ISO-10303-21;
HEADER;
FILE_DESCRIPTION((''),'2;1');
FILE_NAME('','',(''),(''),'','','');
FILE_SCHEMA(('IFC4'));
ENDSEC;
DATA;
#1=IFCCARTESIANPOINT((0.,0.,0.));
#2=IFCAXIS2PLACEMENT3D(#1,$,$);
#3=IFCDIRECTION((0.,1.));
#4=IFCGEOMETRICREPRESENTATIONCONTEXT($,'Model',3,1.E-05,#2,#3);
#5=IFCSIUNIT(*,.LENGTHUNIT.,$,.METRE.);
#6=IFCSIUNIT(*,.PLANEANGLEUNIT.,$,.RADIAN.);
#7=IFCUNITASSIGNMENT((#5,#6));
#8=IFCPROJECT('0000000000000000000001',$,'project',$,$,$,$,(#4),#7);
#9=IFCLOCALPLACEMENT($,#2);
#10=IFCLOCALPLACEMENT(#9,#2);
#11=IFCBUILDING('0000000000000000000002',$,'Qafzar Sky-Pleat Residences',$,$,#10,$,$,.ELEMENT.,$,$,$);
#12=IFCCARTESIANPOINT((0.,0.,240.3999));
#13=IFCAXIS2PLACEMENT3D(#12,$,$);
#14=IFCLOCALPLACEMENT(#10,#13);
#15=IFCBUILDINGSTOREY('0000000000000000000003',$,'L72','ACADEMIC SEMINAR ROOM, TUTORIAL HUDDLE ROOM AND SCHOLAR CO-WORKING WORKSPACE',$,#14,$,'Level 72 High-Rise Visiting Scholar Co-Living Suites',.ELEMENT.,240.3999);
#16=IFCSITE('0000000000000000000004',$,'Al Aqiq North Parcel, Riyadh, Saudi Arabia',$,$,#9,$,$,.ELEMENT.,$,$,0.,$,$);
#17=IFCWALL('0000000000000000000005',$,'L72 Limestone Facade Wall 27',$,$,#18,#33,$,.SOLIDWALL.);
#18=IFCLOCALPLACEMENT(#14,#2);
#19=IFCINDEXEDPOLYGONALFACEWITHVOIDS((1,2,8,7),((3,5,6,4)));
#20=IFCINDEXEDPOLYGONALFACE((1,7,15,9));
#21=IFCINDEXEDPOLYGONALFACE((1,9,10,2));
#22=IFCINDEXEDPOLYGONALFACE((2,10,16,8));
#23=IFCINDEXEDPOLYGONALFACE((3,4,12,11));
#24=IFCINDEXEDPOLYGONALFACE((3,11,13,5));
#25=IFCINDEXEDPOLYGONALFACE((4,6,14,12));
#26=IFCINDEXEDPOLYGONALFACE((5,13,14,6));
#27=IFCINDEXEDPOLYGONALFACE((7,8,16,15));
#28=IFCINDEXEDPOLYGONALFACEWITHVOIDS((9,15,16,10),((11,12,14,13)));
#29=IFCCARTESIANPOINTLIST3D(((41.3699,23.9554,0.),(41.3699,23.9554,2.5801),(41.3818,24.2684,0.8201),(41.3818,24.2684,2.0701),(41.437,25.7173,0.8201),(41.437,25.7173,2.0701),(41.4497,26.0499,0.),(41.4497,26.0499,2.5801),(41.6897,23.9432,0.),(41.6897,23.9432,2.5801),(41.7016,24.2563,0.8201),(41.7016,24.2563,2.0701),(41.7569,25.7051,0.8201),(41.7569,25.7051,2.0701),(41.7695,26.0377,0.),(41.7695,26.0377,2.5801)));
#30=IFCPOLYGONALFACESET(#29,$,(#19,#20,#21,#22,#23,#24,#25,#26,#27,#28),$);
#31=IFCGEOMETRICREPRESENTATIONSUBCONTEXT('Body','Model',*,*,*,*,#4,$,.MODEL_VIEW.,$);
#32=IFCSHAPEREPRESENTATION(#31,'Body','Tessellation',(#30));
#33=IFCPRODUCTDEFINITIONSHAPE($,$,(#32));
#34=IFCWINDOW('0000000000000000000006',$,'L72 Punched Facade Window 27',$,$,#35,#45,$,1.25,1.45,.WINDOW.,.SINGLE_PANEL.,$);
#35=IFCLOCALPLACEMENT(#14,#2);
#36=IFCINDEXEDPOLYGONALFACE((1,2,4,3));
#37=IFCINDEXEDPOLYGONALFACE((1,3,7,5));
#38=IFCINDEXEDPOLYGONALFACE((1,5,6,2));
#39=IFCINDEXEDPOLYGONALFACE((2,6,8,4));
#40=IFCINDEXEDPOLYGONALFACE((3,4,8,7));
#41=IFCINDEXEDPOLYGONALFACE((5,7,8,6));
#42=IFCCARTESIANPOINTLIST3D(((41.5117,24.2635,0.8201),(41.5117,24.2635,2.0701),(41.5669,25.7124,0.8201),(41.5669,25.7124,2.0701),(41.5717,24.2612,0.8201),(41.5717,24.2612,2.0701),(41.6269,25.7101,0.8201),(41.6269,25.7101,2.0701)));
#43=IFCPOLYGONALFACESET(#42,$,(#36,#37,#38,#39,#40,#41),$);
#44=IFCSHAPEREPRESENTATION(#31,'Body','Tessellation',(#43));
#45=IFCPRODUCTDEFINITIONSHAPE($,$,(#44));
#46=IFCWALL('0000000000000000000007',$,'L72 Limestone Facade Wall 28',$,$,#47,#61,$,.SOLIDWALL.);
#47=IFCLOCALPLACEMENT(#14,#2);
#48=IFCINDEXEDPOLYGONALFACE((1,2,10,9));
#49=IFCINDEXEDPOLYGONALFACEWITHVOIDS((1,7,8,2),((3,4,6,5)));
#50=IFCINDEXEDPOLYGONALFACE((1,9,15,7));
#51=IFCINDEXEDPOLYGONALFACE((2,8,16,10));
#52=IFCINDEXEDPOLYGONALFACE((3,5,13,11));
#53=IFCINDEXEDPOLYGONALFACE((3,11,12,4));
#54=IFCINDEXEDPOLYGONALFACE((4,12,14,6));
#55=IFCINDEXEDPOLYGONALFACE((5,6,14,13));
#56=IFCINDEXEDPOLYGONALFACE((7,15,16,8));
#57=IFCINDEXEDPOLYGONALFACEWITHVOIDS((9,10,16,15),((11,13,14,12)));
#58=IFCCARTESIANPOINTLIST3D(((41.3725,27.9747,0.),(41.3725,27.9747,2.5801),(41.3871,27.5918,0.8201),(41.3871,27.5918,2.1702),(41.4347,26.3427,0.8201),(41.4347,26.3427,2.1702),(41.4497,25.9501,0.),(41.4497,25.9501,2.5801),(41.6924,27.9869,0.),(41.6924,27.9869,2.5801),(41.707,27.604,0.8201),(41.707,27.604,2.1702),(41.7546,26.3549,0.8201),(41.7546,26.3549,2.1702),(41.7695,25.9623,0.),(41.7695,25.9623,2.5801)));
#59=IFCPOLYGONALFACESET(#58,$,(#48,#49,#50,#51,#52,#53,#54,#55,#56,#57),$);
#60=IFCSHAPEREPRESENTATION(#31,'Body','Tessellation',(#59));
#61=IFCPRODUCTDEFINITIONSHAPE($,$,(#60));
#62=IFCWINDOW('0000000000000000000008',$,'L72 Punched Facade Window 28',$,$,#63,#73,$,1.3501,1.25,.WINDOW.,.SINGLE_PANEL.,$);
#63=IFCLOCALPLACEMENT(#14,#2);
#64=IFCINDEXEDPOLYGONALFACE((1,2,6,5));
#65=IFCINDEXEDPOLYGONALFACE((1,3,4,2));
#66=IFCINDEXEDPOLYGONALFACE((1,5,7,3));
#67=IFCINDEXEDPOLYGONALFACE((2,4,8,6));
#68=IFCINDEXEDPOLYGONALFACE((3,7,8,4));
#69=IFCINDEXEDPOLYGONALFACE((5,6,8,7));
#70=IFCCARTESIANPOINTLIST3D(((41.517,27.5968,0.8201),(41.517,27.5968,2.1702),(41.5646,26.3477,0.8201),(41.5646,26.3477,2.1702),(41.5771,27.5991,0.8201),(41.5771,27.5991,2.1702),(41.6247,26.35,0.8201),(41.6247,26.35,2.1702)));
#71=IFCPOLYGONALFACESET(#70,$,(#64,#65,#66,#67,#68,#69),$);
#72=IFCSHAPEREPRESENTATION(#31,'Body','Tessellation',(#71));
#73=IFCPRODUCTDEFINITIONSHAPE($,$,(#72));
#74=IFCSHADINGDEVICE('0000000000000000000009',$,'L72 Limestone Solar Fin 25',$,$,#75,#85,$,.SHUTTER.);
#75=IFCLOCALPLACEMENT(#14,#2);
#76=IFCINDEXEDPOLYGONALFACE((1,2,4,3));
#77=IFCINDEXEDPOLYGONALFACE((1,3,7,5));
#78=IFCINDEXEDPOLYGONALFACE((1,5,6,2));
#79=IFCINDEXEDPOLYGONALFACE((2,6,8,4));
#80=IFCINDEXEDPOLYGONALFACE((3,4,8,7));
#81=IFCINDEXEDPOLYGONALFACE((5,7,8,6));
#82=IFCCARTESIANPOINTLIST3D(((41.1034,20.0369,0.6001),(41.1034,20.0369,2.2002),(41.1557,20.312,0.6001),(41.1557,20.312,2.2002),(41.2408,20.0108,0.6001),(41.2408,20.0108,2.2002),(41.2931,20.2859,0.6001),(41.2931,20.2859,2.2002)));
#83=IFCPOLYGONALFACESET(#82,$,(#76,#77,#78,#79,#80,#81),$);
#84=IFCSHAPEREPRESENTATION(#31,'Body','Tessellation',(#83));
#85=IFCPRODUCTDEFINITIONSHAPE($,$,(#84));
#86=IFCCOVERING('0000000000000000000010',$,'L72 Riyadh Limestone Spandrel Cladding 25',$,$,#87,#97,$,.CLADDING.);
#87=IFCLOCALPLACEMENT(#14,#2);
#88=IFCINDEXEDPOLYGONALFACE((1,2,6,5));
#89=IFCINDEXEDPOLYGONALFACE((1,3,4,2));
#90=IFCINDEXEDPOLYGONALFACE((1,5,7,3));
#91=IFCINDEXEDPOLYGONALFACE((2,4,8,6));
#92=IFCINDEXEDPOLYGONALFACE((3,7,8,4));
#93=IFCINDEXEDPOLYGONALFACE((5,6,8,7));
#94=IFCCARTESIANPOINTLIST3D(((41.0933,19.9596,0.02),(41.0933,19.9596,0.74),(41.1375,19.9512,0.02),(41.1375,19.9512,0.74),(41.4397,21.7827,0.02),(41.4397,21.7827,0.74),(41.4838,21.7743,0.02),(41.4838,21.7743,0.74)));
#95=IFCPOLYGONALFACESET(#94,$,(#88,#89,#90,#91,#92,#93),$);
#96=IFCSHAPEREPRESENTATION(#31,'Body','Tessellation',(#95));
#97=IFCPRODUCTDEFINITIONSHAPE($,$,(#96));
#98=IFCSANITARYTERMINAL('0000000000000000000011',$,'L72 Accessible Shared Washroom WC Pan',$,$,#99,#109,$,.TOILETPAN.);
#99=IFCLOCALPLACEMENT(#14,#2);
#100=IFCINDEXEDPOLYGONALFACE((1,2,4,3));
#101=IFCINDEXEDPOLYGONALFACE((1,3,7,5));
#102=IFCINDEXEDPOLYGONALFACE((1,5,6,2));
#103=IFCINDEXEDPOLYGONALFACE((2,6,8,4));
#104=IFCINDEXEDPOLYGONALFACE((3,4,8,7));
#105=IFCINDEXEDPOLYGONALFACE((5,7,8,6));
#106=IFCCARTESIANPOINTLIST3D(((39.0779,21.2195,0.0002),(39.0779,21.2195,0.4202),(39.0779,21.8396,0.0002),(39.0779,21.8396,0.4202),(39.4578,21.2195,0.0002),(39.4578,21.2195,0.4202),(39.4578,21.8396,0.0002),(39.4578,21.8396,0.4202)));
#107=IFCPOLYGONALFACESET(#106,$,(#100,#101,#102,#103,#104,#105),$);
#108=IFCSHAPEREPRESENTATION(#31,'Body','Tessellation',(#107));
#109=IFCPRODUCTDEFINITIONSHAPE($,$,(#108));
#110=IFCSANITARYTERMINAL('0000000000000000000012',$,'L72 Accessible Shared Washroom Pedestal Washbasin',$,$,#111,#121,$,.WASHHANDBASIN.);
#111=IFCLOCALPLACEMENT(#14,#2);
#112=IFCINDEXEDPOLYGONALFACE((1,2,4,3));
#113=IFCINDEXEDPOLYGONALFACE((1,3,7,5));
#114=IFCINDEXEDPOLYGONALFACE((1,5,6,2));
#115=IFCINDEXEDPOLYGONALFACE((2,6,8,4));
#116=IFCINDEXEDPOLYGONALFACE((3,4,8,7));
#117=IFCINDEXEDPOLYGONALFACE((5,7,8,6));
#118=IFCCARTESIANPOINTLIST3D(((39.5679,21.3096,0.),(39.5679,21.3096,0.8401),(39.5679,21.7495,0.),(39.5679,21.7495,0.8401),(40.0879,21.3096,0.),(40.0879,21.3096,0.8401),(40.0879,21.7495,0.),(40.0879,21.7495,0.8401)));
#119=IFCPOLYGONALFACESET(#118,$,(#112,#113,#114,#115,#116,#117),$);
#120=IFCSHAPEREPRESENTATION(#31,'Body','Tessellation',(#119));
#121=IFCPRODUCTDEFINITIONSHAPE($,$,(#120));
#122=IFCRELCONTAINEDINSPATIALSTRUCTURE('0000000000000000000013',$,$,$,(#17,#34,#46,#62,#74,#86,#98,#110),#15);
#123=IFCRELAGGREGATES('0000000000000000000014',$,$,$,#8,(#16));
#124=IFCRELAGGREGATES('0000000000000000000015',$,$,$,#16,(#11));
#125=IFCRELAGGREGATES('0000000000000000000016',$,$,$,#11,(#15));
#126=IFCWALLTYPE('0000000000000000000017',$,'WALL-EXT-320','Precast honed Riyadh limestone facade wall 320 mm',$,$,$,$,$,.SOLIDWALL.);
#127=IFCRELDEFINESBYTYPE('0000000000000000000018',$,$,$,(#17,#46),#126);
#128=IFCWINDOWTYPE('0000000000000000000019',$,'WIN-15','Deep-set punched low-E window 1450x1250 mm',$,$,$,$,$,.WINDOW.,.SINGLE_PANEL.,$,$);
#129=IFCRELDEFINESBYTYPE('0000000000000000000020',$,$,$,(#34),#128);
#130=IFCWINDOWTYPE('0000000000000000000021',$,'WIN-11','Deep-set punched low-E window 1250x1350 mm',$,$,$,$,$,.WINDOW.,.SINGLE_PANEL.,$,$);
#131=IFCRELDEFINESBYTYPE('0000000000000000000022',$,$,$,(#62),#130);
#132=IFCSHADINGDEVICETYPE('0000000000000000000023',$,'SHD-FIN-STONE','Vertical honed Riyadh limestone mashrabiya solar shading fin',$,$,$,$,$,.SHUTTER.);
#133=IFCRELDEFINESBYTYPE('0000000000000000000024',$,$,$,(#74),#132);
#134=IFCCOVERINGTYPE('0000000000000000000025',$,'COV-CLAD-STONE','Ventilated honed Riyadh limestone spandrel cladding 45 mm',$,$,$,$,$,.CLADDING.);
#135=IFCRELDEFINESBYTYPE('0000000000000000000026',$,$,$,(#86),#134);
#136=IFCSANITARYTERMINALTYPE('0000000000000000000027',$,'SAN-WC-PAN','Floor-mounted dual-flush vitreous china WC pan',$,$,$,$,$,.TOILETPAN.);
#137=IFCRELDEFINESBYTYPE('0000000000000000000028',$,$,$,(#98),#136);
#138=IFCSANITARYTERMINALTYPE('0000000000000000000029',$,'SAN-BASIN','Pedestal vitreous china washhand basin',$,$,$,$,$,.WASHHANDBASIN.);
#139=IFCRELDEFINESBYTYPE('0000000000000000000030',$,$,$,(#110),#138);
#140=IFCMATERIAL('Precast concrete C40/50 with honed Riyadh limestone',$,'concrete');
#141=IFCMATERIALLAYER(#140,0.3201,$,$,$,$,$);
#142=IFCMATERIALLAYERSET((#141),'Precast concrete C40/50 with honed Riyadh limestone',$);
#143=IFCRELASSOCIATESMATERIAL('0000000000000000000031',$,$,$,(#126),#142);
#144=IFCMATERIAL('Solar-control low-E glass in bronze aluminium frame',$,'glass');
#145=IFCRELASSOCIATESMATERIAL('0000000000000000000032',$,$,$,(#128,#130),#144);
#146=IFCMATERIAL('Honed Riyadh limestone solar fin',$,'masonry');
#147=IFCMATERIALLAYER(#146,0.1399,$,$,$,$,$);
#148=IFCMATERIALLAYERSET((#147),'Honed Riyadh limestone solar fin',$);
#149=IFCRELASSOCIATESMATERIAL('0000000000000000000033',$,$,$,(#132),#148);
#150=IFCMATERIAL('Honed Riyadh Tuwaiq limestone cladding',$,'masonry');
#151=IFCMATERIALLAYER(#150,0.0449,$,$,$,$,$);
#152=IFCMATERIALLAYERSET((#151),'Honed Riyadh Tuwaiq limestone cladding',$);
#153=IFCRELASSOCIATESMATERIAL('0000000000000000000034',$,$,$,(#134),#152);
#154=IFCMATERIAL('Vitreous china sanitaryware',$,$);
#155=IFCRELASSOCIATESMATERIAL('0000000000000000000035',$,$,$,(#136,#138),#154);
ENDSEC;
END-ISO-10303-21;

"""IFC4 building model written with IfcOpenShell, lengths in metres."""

from ifc_helpers import new_model, si_unit, direction, frame, frame_2d, origin, origin_2d, place, context, subcontext, project, spatial, rectangle, extrude, source, transform, mapped, material, layer, layer_set, type_object, element, fill, save


model = new_model("IFC4")

# Units and contexts
model_context = context("Model", 3, precision=1e-05, world=origin(), true_north=direction((0.0, 1.0)))
body_context = subcontext(model_context, "Body", "Model", "MODEL_VIEW")
ifc_project = project(units=[si_unit("LENGTHUNIT", "METRE"), si_unit("PLANEANGLEUNIT", "RADIAN")], contexts=[model_context])

# Site, building, storey
site_placement = place(None, origin())
site = spatial("IfcSite", under=ifc_project, at=site_placement, Name="Al Aqiq North Parcel, Riyadh, Saudi Arabia", CompositionType="ELEMENT", RefElevation=0.0)
building_placement = place(site_placement, origin())
building = spatial("IfcBuilding", under=site, at=building_placement, Name="Qafzar Sky-Pleat Residences", CompositionType="ELEMENT")
storey_placement = place(building_placement, frame((0.0, 0.0, 240.3999)))
storey = spatial("IfcBuildingStorey", under=building, at=storey_placement, Name="L72", Description="ACADEMIC SEMINAR ROOM, TUTORIAL HUDDLE ROOM AND SCHOLAR CO-WORKING WORKSPACE", LongName="Level 72 High-Rise Visiting Scholar Co-Living Suites", CompositionType="ELEMENT", Elevation=240.3999)

# Walls, openings, windows
ifc_material_1 = material(Name="Precast concrete C40/50 with honed Riyadh limestone", Category="concrete")
ifc_layer_1 = layer(ifc_material_1, 0.3201)
ifc_layer_set_1 = layer_set([ifc_layer_1], Name="Precast concrete C40/50 with honed Riyadh limestone")
wall_type_1 = type_object("IfcWallType", Name="WALL-EXT-320", Description="Precast honed Riyadh limestone facade wall 320 mm", PredefinedType="SOLIDWALL", material=ifc_layer_set_1)
ifc_material_2 = material(Name="Solar-control low-E glass in bronze aluminium frame", Category="glass")
wall_1_placement = place(storey_placement, frame((41.5298, 23.9495, 0.0), z_axis=(0.0, 0.0, 1.0), x_axis=(0.038089, 0.999274, 0.0)))
wall_1 = element("IfcWall", 1, at=wall_1_placement, inside=storey, type_object=wall_type_1, Name="L72 Limestone Facade Wall 27", PredefinedType="SOLIDWALL", context=body_context, shape_type="SweptSolid", body=[
    extrude(rectangle(XDim=2.0959, YDim=0.3201, at=frame_2d((1.0479, 0.0))), origin(), (0.0, 0.0, 1.0), 2.5801),
])
opening_1_placement = place(wall_1_placement, frame((0.313, 0.0, 0.8201)))
opening_1 = element("IfcOpeningElement", 2, at=opening_1_placement, cuts=wall_1, PredefinedType="OPENING", context=body_context, shape_type="SweptSolid", body=[
    extrude(rectangle(XDim=1.45, YDim=1.25, at=frame_2d((0.7251, 0.625))), frame((0.0, 0.1699, 0.0), z_axis=(0.0, -1.0, 0.0), x_axis=(1.0, 0.0, 0.0)), (0.0, 0.0, 1.0), 0.3401),
])
window_type_1 = type_object("IfcWindowType", Name="WIN-15", Description="Deep-set punched low-E window 1450x1250 mm", PartitioningType="SINGLE_PANEL", PredefinedType="WINDOW", material=ifc_material_2)
shared_shape_1 = source(origin(), body_context, "Body", "SweptSolid", [
    extrude(rectangle(XDim=1.45, YDim=1.25, at=frame_2d((0.7251, 0.625))), frame((0.0, 0.03, 0.0), z_axis=(0.0, -1.0, 0.0), x_axis=(1.0, 0.0, 0.0)), (0.0, 0.0, 1.0), 0.0601),
])
window_1_placement = place(opening_1_placement, origin())
window_1 = element("IfcWindow", 3, at=window_1_placement, inside=storey, type_object=window_type_1, Name="L72 Punched Facade Window 27", OverallHeight=1.25, OverallWidth=1.45, PartitioningType="SINGLE_PANEL", PredefinedType="WINDOW", context=body_context, shape_type="MappedRepresentation", body=[
    mapped(shared_shape_1, transform((0.0, 0.0, 0.0), x_axis=(1.0, 0.0, 0.0), y_axis=(0.0, 1.0, 0.0), z_axis=(0.0, 0.0, 1.0), scale=1.0)),
])
fill(opening_1, window_1)
wall_2_placement = place(storey_placement, frame((41.6096, 25.9561, 0.0), z_axis=(0.0, 0.0, 1.0), x_axis=(-0.038077, 0.999275, 0.0)))
wall_2 = element("IfcWall", 4, at=wall_2_placement, inside=storey, type_object=wall_type_1, Name="L72 Limestone Facade Wall 28", PredefinedType="SOLIDWALL", context=body_context, shape_type="SweptSolid", body=[
    extrude(rectangle(XDim=2.0261, YDim=0.3201, at=frame_2d((1.0132, 0.0))), origin(), (0.0, 0.0, 1.0), 2.5801),
])
opening_2_placement = place(wall_2_placement, frame((0.3931, 0.0, 0.8201)))
opening_2 = element("IfcOpeningElement", 5, at=opening_2_placement, cuts=wall_2, PredefinedType="OPENING", context=body_context, shape_type="SweptSolid", body=[
    extrude(rectangle(XDim=1.25, YDim=1.3501, at=frame_2d((0.625, 0.675))), frame((0.0, 0.1699, 0.0), z_axis=(0.0, -1.0, 0.0), x_axis=(1.0, 0.0, 0.0)), (0.0, 0.0, 1.0), 0.3401),
])
window_type_2 = type_object("IfcWindowType", Name="WIN-11", Description="Deep-set punched low-E window 1250x1350 mm", PartitioningType="SINGLE_PANEL", PredefinedType="WINDOW", material=ifc_material_2)
shared_shape_2 = source(origin(), body_context, "Body", "SweptSolid", [
    extrude(rectangle(XDim=1.25, YDim=1.3501, at=frame_2d((0.625, 0.675))), frame((0.0, 0.03, 0.0), z_axis=(0.0, -1.0, 0.0), x_axis=(1.0, 0.0, 0.0)), (0.0, 0.0, 1.0), 0.0601),
])
window_2_placement = place(opening_2_placement, origin())
window_2 = element("IfcWindow", 6, at=window_2_placement, inside=storey, type_object=window_type_2, Name="L72 Punched Facade Window 28", OverallHeight=1.3501, OverallWidth=1.25, PartitioningType="SINGLE_PANEL", PredefinedType="WINDOW", context=body_context, shape_type="MappedRepresentation", body=[
    mapped(shared_shape_2, transform((0.0, 0.0, 0.0), x_axis=(1.0, 0.0, 0.0), y_axis=(0.0, 1.0, 0.0), z_axis=(0.0, 0.0, 1.0), scale=1.0)),
])
fill(opening_2, window_2)

# Shading device
ifc_material_3 = material(Name="Honed Riyadh limestone solar fin", Category="masonry")
ifc_layer_2 = layer(ifc_material_3, 0.1399)
ifc_layer_set_2 = layer_set([ifc_layer_2], Name="Honed Riyadh limestone solar fin")
shading_device_type = type_object("IfcShadingDeviceType", Name="SHD-FIN-STONE", Description="Vertical honed Riyadh limestone mashrabiya solar shading fin", PredefinedType="SHUTTER", material=ifc_layer_set_2)
shared_shape_3 = source(origin(), body_context, "Body", "SweptSolid", [
    extrude(rectangle(XDim=0.1399, YDim=0.28, at=origin_2d()), origin(), (0.0, 0.0, 1.0), 1.6001),
])
shading_device_placement = place(storey_placement, frame((41.1982, 20.1614, 0.6001), z_axis=(0.0, 0.0, 1.0), x_axis=(0.982431, -0.186627, 0.0)))
element("IfcShadingDevice", 7, at=shading_device_placement, inside=storey, type_object=shading_device_type, Name="L72 Limestone Solar Fin 25", PredefinedType="SHUTTER", context=body_context, shape_type="MappedRepresentation", body=[
    mapped(shared_shape_3, transform((0.0, 0.0, 0.0), x_axis=(1.0, 0.0, 0.0), y_axis=(0.0, 1.0, 0.0), z_axis=(0.0, 0.0, 1.0), scale=1.0)),
])

# Covering
ifc_material_4 = material(Name="Honed Riyadh Tuwaiq limestone cladding", Category="masonry")
ifc_layer_3 = layer(ifc_material_4, 0.0449)
ifc_layer_set_3 = layer_set([ifc_layer_3], Name="Honed Riyadh Tuwaiq limestone cladding")
covering_type = type_object("IfcCoveringType", Name="COV-CLAD-STONE", Description="Ventilated honed Riyadh limestone spandrel cladding 45 mm", PredefinedType="CLADDING", material=ifc_layer_set_3)
shared_shape_4 = source(origin(), body_context, "Body", "SweptSolid", [
    extrude(rectangle(XDim=1.8557, YDim=0.0449, at=origin_2d()), origin(), (0.0, 0.0, 1.0), 0.72),
])
covering_placement = place(storey_placement, frame((41.2886, 20.8669, 0.02), z_axis=(0.0, 0.0, 1.0), x_axis=(0.186631, 0.98243, 0.0)))
element("IfcCovering", 8, at=covering_placement, inside=storey, type_object=covering_type, Name="L72 Riyadh Limestone Spandrel Cladding 25", PredefinedType="CLADDING", context=body_context, shape_type="MappedRepresentation", body=[
    mapped(shared_shape_4, transform((0.0, 0.0, 0.0), x_axis=(1.0, 0.0, 0.0), y_axis=(0.0, 1.0, 0.0), z_axis=(0.0, 0.0, 1.0), scale=1.0)),
])

# Sanitary terminals
ifc_material_5 = material(Name="Vitreous china sanitaryware")
sanitary_terminal_type_1 = type_object("IfcSanitaryTerminalType", Name="SAN-WC-PAN", Description="Floor-mounted dual-flush vitreous china WC pan", PredefinedType="TOILETPAN", material=ifc_material_5)
shared_shape_5 = source(origin(), body_context, "Body", "SweptSolid", [
    extrude(rectangle(XDim=0.3799, YDim=0.6201, at=origin_2d()), origin(), (0.0, 0.0, 1.0), 0.4199),
])
sanitary_terminal_1_placement = place(storey_placement, frame((39.2678, 21.5295, 0.0002), z_axis=(0.0, 0.0, 1.0), x_axis=(1.0, 0.0, 0.0)))
element("IfcSanitaryTerminal", 9, at=sanitary_terminal_1_placement, inside=storey, type_object=sanitary_terminal_type_1, Name="L72 Accessible Shared Washroom WC Pan", PredefinedType="TOILETPAN", context=body_context, shape_type="MappedRepresentation", body=[
    mapped(shared_shape_5, transform((0.0, 0.0, 0.0), x_axis=(1.0, 0.0, 0.0), y_axis=(0.0, 1.0, 0.0), z_axis=(0.0, 0.0, 1.0), scale=1.0)),
])
sanitary_terminal_type_2 = type_object("IfcSanitaryTerminalType", Name="SAN-BASIN", Description="Pedestal vitreous china washhand basin", PredefinedType="WASHHANDBASIN", material=ifc_material_5)
shared_shape_6 = source(origin(), body_context, "Body", "SweptSolid", [
    extrude(rectangle(XDim=0.52, YDim=0.4399, at=origin_2d()), origin(), (0.0, 0.0, 1.0), 0.8401),
])
sanitary_terminal_2_placement = place(storey_placement, frame((39.8279, 21.5295, 0.0), z_axis=(0.0, 0.0, 1.0), x_axis=(1.0, 0.0, 0.0)))
element("IfcSanitaryTerminal", 10, at=sanitary_terminal_2_placement, inside=storey, type_object=sanitary_terminal_type_2, Name="L72 Accessible Shared Washroom Pedestal Washbasin", PredefinedType="WASHHANDBASIN", context=body_context, shape_type="MappedRepresentation", body=[
    mapped(shared_shape_6, transform((0.0, 0.0, 0.0), x_axis=(1.0, 0.0, 0.0), y_axis=(0.0, 1.0, 0.0), z_axis=(0.0, 0.0, 1.0), scale=1.0)),
])

save(model, "model.ifc")
